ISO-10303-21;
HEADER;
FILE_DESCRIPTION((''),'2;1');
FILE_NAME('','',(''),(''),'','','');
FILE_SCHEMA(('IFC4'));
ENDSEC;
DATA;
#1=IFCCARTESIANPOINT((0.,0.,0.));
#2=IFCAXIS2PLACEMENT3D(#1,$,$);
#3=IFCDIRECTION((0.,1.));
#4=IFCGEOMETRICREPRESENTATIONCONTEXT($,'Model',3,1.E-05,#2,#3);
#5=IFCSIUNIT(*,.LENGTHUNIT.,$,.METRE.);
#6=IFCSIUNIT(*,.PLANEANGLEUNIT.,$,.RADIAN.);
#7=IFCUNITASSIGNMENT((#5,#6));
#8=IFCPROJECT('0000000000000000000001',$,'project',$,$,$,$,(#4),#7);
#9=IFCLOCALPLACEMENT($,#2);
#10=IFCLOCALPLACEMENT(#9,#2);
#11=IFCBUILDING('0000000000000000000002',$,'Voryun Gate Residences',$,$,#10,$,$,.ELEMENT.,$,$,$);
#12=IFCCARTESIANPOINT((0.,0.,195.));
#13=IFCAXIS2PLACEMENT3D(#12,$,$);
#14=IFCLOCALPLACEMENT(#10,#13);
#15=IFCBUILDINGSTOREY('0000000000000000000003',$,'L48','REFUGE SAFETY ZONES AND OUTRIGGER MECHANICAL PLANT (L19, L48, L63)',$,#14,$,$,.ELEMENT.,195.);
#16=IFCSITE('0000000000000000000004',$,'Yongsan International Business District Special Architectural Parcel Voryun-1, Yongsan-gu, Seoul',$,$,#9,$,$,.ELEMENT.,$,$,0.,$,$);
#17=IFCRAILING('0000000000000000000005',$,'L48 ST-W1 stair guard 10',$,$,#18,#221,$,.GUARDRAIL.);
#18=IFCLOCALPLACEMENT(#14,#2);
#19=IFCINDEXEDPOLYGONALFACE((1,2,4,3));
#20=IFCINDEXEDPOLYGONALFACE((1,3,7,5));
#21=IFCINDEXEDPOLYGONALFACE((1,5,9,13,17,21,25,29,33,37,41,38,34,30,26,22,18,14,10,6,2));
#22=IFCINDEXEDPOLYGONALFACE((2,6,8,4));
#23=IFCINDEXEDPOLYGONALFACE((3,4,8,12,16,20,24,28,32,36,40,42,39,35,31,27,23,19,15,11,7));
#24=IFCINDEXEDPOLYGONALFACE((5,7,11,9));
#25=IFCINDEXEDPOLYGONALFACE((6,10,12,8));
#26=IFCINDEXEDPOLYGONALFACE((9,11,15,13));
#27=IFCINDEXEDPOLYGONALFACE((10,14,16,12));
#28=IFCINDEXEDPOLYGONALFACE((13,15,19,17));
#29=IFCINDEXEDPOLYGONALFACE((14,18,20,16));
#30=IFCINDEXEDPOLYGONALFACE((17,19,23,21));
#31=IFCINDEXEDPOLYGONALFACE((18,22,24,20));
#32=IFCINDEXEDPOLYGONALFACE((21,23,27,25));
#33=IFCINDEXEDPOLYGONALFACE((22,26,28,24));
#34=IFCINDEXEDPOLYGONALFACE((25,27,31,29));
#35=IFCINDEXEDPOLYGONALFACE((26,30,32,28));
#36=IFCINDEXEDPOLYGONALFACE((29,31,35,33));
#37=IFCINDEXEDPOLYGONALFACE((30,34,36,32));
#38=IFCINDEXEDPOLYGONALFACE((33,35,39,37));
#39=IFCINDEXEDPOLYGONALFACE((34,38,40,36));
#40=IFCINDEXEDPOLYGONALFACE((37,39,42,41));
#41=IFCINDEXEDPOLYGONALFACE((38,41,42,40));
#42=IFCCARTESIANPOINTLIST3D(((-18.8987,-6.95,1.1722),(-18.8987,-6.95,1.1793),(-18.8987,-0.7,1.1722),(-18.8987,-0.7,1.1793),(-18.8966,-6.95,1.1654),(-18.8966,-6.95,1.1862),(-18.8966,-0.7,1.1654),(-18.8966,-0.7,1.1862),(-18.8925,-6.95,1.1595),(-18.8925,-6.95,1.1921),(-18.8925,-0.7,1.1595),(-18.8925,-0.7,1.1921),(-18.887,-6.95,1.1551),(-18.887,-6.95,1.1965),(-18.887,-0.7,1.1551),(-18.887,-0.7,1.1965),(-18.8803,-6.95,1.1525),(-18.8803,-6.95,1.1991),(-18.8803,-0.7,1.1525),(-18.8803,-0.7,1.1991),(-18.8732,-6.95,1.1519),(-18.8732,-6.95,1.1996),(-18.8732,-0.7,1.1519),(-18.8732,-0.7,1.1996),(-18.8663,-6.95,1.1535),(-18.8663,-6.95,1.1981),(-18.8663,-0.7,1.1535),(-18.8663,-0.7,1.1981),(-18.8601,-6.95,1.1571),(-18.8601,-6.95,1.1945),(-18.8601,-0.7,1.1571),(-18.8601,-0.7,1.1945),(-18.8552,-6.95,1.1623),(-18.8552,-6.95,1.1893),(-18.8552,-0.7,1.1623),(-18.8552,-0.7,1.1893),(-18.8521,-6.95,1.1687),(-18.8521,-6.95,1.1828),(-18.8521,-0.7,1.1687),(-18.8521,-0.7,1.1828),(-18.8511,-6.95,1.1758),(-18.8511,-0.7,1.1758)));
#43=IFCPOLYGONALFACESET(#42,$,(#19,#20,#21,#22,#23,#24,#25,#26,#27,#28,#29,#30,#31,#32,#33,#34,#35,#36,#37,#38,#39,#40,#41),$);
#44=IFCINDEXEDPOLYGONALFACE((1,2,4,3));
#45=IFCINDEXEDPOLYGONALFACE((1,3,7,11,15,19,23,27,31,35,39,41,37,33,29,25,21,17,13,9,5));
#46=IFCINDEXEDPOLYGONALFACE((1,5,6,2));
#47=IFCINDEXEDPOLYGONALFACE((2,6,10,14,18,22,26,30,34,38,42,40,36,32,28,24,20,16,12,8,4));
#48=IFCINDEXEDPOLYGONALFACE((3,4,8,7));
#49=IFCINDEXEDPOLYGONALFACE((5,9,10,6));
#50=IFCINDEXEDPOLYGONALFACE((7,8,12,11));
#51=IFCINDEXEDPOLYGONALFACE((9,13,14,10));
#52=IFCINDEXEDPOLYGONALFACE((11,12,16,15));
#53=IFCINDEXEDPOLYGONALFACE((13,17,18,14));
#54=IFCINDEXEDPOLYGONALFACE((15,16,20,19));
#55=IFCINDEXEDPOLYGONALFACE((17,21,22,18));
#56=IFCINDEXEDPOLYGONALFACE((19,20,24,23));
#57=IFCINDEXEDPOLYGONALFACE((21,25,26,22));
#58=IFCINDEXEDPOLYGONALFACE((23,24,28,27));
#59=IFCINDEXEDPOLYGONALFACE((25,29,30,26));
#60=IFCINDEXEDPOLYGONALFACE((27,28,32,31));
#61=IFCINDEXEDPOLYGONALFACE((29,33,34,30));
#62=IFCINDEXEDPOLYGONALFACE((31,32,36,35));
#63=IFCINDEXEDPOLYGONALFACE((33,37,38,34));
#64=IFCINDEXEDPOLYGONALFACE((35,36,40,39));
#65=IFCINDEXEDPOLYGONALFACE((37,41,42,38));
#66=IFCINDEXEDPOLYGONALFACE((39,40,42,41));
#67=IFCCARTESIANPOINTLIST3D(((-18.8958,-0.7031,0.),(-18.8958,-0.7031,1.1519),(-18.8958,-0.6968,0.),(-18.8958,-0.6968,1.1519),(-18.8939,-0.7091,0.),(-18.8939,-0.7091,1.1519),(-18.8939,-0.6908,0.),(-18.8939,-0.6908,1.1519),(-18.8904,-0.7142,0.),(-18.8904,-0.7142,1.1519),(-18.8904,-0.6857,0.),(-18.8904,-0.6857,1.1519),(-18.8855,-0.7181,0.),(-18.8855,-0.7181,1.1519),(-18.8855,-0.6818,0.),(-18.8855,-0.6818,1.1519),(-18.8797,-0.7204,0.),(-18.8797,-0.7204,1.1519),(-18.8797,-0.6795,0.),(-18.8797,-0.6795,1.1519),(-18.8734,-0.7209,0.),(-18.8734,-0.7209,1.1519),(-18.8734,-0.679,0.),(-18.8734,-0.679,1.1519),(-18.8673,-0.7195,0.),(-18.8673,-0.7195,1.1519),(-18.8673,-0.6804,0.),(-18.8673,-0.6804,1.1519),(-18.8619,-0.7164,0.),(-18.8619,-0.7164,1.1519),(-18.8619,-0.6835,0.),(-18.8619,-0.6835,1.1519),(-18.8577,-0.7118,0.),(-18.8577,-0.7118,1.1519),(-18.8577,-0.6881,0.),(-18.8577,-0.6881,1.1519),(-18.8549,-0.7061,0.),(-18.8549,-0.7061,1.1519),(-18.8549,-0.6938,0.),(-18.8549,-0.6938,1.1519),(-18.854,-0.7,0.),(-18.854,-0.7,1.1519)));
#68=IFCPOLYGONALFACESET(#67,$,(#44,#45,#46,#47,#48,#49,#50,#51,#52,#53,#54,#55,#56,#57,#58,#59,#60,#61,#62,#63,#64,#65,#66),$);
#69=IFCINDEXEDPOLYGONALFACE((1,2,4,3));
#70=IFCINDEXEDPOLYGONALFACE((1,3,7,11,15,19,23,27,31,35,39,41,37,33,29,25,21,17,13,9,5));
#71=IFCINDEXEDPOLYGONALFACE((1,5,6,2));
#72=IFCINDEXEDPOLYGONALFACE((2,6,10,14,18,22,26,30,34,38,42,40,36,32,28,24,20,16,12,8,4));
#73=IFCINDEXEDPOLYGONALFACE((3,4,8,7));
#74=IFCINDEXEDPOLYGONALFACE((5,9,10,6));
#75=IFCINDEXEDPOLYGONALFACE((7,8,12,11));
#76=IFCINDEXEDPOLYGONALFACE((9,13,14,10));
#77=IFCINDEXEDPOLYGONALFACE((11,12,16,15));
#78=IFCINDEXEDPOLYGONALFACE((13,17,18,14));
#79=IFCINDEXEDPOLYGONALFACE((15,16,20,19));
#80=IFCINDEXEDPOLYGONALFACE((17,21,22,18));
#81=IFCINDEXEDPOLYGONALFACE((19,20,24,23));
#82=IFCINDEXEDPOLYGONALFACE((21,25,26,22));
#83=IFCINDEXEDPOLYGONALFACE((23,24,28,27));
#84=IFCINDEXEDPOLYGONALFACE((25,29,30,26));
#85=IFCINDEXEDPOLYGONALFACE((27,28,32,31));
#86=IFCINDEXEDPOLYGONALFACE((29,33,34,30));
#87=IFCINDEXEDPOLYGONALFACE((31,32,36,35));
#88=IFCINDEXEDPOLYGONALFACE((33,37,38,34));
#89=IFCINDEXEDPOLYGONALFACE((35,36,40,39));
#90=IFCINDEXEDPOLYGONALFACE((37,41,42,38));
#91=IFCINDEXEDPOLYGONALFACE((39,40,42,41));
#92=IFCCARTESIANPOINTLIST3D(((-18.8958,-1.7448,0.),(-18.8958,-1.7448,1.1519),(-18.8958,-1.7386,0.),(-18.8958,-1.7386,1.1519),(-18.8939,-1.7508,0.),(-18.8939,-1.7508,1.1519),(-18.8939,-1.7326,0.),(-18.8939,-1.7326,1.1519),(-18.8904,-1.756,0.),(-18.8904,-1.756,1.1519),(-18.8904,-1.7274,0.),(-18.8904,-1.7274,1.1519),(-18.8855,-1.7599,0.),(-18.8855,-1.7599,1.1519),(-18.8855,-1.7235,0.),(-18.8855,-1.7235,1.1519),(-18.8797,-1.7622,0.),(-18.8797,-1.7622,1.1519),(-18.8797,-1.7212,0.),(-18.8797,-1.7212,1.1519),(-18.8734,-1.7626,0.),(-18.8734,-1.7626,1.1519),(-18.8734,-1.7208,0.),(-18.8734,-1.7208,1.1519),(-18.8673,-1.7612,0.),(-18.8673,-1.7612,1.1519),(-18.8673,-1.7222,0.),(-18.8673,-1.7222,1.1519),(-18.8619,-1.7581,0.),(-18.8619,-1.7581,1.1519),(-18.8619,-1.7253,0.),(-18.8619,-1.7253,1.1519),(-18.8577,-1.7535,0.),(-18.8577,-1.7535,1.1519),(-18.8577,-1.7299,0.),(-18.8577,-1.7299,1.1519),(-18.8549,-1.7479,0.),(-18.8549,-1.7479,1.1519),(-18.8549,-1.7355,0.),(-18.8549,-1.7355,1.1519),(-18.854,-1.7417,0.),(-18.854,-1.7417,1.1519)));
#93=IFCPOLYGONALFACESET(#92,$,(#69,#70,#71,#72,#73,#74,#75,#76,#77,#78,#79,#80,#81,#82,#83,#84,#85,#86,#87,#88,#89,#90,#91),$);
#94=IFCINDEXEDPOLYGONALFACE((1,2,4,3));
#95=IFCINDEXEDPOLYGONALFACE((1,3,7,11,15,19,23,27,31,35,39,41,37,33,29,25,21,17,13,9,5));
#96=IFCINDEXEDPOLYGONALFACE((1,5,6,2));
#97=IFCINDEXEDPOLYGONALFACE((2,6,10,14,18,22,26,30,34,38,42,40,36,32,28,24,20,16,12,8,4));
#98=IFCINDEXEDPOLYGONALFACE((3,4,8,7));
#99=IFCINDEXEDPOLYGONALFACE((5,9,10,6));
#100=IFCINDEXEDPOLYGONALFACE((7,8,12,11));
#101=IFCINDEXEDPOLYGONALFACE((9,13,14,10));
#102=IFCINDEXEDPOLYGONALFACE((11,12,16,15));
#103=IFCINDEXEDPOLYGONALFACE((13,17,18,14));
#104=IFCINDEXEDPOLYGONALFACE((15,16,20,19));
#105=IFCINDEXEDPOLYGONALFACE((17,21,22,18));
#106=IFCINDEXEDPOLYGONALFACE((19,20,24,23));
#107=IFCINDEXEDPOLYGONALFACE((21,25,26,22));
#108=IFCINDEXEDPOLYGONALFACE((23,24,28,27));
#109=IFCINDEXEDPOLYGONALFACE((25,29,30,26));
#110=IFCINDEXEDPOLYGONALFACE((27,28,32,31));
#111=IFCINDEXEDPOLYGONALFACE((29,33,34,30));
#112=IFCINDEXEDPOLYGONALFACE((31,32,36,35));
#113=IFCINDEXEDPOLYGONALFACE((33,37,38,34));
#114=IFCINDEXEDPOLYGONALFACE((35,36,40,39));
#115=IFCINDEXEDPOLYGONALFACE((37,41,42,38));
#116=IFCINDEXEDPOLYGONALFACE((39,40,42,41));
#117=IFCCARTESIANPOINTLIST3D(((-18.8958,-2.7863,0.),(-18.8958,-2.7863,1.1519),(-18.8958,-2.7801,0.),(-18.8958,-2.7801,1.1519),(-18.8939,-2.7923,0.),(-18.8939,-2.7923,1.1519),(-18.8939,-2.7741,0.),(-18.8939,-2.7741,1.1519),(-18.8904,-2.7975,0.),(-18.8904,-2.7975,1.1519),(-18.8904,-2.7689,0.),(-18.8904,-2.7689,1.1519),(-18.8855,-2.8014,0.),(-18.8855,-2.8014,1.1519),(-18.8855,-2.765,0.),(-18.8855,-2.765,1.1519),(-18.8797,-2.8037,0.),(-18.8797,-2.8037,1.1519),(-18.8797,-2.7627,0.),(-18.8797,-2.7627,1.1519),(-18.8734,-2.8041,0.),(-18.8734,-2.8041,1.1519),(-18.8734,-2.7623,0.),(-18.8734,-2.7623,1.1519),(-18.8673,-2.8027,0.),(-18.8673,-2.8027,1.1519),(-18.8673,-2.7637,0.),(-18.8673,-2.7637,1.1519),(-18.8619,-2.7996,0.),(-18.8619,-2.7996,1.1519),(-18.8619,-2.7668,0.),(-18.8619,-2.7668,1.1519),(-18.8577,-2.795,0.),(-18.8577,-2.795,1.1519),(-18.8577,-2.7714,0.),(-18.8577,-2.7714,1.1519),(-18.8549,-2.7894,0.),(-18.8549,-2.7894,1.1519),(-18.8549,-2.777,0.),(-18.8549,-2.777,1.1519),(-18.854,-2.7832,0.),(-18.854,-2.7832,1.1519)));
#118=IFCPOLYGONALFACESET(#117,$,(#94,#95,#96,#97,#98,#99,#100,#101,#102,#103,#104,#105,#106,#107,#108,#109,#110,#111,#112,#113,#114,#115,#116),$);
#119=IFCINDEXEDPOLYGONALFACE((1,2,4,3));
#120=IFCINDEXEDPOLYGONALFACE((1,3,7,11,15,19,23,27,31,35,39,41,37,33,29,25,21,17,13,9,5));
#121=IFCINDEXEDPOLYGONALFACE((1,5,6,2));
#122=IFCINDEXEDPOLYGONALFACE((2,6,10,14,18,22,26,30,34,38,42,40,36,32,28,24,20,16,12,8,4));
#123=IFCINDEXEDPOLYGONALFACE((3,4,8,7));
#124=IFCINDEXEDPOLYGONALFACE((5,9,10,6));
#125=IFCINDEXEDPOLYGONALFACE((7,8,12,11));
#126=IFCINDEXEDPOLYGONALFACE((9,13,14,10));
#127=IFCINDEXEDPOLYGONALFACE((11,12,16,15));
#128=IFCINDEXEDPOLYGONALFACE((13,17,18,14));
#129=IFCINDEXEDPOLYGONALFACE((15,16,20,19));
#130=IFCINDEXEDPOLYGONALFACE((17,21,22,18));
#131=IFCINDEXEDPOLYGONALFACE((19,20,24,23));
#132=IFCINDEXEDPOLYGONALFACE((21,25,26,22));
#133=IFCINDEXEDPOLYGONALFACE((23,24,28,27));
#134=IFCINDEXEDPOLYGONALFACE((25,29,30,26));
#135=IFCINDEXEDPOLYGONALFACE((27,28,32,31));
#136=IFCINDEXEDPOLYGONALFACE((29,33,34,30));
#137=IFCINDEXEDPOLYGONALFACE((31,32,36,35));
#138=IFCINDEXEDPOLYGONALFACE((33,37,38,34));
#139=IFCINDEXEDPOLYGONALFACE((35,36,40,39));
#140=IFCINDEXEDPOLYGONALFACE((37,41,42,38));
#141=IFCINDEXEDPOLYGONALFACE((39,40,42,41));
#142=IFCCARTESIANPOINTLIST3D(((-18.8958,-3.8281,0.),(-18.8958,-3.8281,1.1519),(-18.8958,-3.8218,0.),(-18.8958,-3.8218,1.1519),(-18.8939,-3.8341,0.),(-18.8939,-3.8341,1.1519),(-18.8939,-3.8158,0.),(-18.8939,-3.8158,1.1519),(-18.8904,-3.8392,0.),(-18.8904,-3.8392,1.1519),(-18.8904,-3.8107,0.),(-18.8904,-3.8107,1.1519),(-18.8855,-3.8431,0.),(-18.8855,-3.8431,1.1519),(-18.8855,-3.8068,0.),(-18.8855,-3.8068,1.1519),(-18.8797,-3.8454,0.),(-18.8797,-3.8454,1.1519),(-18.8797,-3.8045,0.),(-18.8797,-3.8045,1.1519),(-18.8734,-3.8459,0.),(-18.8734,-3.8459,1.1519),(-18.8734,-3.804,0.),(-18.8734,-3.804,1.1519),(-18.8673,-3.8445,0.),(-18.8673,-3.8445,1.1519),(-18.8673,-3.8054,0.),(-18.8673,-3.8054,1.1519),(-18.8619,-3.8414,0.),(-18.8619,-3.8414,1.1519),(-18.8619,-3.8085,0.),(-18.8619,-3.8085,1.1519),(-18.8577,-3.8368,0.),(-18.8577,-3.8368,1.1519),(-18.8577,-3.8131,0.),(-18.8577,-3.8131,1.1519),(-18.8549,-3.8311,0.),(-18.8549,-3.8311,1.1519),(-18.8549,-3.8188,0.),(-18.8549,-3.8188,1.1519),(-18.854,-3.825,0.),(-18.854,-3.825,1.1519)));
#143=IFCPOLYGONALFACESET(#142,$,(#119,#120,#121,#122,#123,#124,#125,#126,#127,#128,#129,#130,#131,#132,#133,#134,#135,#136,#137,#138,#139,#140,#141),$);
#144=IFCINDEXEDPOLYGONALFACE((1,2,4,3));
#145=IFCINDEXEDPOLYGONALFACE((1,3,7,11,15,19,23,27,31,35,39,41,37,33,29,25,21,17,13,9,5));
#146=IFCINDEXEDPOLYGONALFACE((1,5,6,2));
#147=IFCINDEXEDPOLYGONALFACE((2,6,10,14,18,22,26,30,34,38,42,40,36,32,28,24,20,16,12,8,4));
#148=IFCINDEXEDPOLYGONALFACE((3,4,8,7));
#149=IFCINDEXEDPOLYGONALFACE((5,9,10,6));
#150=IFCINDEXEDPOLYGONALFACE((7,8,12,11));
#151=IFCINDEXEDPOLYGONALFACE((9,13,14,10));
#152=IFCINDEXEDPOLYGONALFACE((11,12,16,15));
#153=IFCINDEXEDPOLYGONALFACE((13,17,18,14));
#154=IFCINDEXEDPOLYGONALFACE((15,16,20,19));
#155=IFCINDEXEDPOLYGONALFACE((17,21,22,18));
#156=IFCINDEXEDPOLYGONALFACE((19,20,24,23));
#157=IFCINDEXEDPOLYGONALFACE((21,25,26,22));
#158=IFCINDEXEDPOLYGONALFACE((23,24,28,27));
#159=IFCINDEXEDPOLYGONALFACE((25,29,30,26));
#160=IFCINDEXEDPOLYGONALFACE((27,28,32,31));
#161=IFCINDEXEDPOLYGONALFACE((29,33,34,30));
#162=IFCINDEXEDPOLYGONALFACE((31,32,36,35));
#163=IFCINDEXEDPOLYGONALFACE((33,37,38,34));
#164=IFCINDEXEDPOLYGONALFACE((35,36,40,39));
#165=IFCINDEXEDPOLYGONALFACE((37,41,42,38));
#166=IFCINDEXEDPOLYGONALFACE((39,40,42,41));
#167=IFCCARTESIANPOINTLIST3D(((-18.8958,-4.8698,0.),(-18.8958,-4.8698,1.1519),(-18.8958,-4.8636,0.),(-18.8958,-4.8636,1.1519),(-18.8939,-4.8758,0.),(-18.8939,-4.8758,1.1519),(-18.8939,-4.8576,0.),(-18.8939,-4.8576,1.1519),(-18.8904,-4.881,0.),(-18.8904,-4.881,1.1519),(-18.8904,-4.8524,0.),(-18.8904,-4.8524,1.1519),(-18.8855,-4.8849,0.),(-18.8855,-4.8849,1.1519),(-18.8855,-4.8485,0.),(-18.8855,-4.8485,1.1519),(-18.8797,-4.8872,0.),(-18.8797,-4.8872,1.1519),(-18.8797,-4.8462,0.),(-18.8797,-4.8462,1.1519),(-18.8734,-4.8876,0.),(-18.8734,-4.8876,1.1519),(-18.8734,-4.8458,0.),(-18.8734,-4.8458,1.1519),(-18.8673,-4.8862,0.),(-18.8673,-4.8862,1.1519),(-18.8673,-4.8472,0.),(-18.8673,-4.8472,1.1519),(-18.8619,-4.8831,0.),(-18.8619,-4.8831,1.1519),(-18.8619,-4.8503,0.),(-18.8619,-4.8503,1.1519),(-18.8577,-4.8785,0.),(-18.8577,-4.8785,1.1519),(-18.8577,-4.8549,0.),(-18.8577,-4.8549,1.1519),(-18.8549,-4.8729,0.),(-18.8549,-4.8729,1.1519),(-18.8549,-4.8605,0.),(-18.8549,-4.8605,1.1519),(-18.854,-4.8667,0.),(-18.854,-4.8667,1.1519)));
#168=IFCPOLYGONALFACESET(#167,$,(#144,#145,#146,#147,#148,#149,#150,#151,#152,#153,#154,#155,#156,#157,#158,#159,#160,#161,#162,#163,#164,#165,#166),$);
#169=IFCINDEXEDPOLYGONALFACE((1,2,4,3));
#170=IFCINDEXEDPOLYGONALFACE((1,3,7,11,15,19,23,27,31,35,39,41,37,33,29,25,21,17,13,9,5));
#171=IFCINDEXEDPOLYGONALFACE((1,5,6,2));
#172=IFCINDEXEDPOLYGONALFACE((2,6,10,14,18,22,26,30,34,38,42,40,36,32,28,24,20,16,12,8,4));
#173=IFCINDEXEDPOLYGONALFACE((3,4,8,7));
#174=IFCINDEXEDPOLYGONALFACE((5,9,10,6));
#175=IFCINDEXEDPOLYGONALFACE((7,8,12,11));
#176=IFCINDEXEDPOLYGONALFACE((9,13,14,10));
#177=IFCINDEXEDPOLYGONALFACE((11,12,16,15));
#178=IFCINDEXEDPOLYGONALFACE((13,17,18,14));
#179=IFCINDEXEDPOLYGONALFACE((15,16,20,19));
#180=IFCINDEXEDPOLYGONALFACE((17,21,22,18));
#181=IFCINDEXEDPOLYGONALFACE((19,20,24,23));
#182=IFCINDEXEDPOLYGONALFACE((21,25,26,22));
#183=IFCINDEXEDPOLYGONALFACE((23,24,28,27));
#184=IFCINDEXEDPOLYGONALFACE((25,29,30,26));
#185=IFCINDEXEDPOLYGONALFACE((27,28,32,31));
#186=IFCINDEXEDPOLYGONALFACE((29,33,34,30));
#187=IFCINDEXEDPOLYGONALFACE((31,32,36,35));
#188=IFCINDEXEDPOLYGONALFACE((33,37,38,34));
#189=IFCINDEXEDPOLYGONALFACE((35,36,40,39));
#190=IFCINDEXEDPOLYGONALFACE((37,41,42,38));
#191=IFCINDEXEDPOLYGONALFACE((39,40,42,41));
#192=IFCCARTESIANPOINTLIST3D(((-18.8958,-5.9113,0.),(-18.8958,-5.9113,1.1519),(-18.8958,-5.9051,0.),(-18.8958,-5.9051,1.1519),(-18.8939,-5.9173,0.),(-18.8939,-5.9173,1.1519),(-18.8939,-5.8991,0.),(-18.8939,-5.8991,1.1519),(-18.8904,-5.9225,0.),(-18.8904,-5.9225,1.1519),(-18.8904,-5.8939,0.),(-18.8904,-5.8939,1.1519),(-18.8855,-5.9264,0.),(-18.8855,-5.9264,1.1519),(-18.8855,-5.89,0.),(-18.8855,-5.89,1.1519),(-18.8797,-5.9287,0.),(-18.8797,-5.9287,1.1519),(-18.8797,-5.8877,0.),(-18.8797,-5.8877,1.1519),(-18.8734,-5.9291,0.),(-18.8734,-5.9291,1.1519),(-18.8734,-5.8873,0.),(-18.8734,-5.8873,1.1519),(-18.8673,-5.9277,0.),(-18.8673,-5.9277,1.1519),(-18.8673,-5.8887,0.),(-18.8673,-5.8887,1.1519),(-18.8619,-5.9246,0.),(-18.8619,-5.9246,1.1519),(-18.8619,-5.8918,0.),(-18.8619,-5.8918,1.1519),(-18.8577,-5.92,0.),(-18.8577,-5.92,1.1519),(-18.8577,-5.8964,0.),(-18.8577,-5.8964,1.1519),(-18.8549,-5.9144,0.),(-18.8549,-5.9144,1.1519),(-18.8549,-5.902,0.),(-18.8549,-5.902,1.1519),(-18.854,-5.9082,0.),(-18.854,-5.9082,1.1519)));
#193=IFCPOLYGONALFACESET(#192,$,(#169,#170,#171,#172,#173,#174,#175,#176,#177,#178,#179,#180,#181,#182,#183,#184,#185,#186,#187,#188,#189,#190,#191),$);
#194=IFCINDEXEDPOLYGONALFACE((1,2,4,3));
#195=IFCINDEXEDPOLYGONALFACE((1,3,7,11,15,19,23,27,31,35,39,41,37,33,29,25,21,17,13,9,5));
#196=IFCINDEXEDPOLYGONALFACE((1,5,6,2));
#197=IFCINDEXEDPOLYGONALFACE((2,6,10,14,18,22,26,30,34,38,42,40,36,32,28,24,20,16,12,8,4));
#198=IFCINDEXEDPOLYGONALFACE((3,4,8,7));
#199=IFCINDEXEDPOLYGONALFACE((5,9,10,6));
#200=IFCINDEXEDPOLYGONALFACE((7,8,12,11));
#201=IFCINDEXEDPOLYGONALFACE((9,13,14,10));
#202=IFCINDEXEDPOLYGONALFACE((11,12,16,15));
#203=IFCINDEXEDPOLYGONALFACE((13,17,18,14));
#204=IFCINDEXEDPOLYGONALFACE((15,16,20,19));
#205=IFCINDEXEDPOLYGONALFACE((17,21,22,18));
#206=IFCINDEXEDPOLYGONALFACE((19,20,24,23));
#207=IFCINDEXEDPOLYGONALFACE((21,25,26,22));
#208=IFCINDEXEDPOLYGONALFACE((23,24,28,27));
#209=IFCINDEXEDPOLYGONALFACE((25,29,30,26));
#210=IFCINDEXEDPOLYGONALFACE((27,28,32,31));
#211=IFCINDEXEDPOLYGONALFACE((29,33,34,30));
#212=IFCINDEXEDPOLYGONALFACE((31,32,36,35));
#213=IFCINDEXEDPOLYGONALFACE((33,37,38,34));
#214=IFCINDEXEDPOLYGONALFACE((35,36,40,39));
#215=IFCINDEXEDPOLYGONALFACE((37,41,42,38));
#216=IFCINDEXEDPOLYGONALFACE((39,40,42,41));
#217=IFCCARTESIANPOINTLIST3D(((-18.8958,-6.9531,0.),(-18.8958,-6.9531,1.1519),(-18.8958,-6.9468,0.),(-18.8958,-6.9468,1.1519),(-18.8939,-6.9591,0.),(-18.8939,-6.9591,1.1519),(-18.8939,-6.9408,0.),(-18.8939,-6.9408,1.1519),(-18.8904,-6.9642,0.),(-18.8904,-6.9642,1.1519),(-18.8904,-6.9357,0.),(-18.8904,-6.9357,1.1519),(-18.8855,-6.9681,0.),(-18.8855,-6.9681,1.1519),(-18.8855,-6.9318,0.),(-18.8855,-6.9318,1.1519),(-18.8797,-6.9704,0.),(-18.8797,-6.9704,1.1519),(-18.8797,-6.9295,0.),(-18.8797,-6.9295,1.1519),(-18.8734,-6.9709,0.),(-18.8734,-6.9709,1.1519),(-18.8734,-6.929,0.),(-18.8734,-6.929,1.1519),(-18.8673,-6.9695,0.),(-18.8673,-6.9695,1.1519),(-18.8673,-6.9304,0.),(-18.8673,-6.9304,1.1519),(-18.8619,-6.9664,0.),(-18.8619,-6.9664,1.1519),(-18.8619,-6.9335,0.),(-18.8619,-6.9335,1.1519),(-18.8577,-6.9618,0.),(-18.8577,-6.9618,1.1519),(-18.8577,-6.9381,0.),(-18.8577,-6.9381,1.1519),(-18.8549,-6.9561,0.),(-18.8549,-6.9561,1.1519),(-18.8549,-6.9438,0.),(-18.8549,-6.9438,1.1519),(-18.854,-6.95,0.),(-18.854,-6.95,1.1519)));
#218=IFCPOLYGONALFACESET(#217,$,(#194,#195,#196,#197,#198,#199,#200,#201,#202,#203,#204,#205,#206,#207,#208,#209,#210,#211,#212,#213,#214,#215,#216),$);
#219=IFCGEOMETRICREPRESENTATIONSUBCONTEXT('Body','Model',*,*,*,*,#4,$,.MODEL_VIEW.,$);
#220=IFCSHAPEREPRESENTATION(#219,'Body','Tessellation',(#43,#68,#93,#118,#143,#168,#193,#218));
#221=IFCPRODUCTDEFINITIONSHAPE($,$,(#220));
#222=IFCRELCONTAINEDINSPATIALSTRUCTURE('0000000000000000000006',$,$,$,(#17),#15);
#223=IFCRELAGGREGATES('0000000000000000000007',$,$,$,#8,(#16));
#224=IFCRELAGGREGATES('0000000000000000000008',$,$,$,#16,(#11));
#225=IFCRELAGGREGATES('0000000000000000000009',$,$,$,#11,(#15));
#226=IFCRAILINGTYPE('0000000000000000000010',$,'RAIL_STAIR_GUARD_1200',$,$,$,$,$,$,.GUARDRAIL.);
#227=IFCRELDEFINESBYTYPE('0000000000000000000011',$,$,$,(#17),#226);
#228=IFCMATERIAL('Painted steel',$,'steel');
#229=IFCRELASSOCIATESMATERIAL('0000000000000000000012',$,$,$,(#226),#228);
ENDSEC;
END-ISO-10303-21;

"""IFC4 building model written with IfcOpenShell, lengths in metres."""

from ifc_helpers import new_model, si_unit, direction, frame, origin, origin_2d, place, context, subcontext, project, spatial, circle, extrude, material, type_object, element, save


model = new_model("IFC4")

# Units and contexts
model_context = context("Model", 3, precision=1e-05, world=origin(), true_north=direction((0.0, 1.0)))
body_context = subcontext(model_context, "Body", "Model", "MODEL_VIEW")
ifc_project = project(units=[si_unit("LENGTHUNIT", "METRE"), si_unit("PLANEANGLEUNIT", "RADIAN")], contexts=[model_context])

# Site, building, storey
site_placement = place(None, origin())
site = spatial("IfcSite", under=ifc_project, at=site_placement, Name="Yongsan International Business District Special Architectural Parcel Voryun-1, Yongsan-gu, Seoul", CompositionType="ELEMENT", RefElevation=0.0)
building_placement = place(site_placement, origin())
building = spatial("IfcBuilding", under=site, at=building_placement, Name="Voryun Gate Residences", CompositionType="ELEMENT")
storey_placement = place(building_placement, frame((0.0, 0.0, 195.0)))
storey = spatial("IfcBuildingStorey", under=building, at=storey_placement, Name="L48", Description="REFUGE SAFETY ZONES AND OUTRIGGER MECHANICAL PLANT (L19, L48, L63)", CompositionType="ELEMENT", Elevation=195.0)

# Railing
ifc_material_1 = material(Name="Painted steel", Category="steel")
railing_type_1 = type_object("IfcRailingType", Name="RAIL_STAIR_GUARD_1200", PredefinedType="GUARDRAIL", material=ifc_material_1)
railing_1_placement = place(storey_placement, frame((-18.875, -0.7, 0.0)))
element("IfcRailing", 1, at=railing_1_placement, inside=storey, type_object=railing_type_1, Name="L48 ST-W1 stair guard 10", PredefinedType="GUARDRAIL", context=body_context, shape_type="SweptSolid", body=[
    extrude(circle(Radius=0.0239, at=origin_2d()), frame((0.0, 0.0, 1.1758), z_axis=(0.0, -1.0, 0.0), x_axis=(1.0, 0.0, 0.0)), (0.0, 0.0, 1.0), 6.25),
    extrude(circle(Radius=0.021, at=origin_2d()), origin(), (0.0, 0.0, 1.0), 1.1519),
    extrude(circle(Radius=0.021, at=origin_2d()), frame((0.0, -1.0417, 0.0)), (0.0, 0.0, 1.0), 1.1519),
    extrude(circle(Radius=0.021, at=origin_2d()), frame((0.0, -2.0833, 0.0)), (0.0, 0.0, 1.0), 1.1519),
    extrude(circle(Radius=0.021, at=origin_2d()), frame((0.0, -3.125, 0.0)), (0.0, 0.0, 1.0), 1.1519),
    extrude(circle(Radius=0.021, at=origin_2d()), frame((0.0, -4.1667, 0.0)), (0.0, 0.0, 1.0), 1.1519),
    extrude(circle(Radius=0.021, at=origin_2d()), frame((0.0, -5.2083, 0.0)), (0.0, 0.0, 1.0), 1.1519),
    extrude(circle(Radius=0.021, at=origin_2d()), frame((0.0, -6.25, 0.0)), (0.0, 0.0, 1.0), 1.1519),
])

save(model, "model.ifc")
